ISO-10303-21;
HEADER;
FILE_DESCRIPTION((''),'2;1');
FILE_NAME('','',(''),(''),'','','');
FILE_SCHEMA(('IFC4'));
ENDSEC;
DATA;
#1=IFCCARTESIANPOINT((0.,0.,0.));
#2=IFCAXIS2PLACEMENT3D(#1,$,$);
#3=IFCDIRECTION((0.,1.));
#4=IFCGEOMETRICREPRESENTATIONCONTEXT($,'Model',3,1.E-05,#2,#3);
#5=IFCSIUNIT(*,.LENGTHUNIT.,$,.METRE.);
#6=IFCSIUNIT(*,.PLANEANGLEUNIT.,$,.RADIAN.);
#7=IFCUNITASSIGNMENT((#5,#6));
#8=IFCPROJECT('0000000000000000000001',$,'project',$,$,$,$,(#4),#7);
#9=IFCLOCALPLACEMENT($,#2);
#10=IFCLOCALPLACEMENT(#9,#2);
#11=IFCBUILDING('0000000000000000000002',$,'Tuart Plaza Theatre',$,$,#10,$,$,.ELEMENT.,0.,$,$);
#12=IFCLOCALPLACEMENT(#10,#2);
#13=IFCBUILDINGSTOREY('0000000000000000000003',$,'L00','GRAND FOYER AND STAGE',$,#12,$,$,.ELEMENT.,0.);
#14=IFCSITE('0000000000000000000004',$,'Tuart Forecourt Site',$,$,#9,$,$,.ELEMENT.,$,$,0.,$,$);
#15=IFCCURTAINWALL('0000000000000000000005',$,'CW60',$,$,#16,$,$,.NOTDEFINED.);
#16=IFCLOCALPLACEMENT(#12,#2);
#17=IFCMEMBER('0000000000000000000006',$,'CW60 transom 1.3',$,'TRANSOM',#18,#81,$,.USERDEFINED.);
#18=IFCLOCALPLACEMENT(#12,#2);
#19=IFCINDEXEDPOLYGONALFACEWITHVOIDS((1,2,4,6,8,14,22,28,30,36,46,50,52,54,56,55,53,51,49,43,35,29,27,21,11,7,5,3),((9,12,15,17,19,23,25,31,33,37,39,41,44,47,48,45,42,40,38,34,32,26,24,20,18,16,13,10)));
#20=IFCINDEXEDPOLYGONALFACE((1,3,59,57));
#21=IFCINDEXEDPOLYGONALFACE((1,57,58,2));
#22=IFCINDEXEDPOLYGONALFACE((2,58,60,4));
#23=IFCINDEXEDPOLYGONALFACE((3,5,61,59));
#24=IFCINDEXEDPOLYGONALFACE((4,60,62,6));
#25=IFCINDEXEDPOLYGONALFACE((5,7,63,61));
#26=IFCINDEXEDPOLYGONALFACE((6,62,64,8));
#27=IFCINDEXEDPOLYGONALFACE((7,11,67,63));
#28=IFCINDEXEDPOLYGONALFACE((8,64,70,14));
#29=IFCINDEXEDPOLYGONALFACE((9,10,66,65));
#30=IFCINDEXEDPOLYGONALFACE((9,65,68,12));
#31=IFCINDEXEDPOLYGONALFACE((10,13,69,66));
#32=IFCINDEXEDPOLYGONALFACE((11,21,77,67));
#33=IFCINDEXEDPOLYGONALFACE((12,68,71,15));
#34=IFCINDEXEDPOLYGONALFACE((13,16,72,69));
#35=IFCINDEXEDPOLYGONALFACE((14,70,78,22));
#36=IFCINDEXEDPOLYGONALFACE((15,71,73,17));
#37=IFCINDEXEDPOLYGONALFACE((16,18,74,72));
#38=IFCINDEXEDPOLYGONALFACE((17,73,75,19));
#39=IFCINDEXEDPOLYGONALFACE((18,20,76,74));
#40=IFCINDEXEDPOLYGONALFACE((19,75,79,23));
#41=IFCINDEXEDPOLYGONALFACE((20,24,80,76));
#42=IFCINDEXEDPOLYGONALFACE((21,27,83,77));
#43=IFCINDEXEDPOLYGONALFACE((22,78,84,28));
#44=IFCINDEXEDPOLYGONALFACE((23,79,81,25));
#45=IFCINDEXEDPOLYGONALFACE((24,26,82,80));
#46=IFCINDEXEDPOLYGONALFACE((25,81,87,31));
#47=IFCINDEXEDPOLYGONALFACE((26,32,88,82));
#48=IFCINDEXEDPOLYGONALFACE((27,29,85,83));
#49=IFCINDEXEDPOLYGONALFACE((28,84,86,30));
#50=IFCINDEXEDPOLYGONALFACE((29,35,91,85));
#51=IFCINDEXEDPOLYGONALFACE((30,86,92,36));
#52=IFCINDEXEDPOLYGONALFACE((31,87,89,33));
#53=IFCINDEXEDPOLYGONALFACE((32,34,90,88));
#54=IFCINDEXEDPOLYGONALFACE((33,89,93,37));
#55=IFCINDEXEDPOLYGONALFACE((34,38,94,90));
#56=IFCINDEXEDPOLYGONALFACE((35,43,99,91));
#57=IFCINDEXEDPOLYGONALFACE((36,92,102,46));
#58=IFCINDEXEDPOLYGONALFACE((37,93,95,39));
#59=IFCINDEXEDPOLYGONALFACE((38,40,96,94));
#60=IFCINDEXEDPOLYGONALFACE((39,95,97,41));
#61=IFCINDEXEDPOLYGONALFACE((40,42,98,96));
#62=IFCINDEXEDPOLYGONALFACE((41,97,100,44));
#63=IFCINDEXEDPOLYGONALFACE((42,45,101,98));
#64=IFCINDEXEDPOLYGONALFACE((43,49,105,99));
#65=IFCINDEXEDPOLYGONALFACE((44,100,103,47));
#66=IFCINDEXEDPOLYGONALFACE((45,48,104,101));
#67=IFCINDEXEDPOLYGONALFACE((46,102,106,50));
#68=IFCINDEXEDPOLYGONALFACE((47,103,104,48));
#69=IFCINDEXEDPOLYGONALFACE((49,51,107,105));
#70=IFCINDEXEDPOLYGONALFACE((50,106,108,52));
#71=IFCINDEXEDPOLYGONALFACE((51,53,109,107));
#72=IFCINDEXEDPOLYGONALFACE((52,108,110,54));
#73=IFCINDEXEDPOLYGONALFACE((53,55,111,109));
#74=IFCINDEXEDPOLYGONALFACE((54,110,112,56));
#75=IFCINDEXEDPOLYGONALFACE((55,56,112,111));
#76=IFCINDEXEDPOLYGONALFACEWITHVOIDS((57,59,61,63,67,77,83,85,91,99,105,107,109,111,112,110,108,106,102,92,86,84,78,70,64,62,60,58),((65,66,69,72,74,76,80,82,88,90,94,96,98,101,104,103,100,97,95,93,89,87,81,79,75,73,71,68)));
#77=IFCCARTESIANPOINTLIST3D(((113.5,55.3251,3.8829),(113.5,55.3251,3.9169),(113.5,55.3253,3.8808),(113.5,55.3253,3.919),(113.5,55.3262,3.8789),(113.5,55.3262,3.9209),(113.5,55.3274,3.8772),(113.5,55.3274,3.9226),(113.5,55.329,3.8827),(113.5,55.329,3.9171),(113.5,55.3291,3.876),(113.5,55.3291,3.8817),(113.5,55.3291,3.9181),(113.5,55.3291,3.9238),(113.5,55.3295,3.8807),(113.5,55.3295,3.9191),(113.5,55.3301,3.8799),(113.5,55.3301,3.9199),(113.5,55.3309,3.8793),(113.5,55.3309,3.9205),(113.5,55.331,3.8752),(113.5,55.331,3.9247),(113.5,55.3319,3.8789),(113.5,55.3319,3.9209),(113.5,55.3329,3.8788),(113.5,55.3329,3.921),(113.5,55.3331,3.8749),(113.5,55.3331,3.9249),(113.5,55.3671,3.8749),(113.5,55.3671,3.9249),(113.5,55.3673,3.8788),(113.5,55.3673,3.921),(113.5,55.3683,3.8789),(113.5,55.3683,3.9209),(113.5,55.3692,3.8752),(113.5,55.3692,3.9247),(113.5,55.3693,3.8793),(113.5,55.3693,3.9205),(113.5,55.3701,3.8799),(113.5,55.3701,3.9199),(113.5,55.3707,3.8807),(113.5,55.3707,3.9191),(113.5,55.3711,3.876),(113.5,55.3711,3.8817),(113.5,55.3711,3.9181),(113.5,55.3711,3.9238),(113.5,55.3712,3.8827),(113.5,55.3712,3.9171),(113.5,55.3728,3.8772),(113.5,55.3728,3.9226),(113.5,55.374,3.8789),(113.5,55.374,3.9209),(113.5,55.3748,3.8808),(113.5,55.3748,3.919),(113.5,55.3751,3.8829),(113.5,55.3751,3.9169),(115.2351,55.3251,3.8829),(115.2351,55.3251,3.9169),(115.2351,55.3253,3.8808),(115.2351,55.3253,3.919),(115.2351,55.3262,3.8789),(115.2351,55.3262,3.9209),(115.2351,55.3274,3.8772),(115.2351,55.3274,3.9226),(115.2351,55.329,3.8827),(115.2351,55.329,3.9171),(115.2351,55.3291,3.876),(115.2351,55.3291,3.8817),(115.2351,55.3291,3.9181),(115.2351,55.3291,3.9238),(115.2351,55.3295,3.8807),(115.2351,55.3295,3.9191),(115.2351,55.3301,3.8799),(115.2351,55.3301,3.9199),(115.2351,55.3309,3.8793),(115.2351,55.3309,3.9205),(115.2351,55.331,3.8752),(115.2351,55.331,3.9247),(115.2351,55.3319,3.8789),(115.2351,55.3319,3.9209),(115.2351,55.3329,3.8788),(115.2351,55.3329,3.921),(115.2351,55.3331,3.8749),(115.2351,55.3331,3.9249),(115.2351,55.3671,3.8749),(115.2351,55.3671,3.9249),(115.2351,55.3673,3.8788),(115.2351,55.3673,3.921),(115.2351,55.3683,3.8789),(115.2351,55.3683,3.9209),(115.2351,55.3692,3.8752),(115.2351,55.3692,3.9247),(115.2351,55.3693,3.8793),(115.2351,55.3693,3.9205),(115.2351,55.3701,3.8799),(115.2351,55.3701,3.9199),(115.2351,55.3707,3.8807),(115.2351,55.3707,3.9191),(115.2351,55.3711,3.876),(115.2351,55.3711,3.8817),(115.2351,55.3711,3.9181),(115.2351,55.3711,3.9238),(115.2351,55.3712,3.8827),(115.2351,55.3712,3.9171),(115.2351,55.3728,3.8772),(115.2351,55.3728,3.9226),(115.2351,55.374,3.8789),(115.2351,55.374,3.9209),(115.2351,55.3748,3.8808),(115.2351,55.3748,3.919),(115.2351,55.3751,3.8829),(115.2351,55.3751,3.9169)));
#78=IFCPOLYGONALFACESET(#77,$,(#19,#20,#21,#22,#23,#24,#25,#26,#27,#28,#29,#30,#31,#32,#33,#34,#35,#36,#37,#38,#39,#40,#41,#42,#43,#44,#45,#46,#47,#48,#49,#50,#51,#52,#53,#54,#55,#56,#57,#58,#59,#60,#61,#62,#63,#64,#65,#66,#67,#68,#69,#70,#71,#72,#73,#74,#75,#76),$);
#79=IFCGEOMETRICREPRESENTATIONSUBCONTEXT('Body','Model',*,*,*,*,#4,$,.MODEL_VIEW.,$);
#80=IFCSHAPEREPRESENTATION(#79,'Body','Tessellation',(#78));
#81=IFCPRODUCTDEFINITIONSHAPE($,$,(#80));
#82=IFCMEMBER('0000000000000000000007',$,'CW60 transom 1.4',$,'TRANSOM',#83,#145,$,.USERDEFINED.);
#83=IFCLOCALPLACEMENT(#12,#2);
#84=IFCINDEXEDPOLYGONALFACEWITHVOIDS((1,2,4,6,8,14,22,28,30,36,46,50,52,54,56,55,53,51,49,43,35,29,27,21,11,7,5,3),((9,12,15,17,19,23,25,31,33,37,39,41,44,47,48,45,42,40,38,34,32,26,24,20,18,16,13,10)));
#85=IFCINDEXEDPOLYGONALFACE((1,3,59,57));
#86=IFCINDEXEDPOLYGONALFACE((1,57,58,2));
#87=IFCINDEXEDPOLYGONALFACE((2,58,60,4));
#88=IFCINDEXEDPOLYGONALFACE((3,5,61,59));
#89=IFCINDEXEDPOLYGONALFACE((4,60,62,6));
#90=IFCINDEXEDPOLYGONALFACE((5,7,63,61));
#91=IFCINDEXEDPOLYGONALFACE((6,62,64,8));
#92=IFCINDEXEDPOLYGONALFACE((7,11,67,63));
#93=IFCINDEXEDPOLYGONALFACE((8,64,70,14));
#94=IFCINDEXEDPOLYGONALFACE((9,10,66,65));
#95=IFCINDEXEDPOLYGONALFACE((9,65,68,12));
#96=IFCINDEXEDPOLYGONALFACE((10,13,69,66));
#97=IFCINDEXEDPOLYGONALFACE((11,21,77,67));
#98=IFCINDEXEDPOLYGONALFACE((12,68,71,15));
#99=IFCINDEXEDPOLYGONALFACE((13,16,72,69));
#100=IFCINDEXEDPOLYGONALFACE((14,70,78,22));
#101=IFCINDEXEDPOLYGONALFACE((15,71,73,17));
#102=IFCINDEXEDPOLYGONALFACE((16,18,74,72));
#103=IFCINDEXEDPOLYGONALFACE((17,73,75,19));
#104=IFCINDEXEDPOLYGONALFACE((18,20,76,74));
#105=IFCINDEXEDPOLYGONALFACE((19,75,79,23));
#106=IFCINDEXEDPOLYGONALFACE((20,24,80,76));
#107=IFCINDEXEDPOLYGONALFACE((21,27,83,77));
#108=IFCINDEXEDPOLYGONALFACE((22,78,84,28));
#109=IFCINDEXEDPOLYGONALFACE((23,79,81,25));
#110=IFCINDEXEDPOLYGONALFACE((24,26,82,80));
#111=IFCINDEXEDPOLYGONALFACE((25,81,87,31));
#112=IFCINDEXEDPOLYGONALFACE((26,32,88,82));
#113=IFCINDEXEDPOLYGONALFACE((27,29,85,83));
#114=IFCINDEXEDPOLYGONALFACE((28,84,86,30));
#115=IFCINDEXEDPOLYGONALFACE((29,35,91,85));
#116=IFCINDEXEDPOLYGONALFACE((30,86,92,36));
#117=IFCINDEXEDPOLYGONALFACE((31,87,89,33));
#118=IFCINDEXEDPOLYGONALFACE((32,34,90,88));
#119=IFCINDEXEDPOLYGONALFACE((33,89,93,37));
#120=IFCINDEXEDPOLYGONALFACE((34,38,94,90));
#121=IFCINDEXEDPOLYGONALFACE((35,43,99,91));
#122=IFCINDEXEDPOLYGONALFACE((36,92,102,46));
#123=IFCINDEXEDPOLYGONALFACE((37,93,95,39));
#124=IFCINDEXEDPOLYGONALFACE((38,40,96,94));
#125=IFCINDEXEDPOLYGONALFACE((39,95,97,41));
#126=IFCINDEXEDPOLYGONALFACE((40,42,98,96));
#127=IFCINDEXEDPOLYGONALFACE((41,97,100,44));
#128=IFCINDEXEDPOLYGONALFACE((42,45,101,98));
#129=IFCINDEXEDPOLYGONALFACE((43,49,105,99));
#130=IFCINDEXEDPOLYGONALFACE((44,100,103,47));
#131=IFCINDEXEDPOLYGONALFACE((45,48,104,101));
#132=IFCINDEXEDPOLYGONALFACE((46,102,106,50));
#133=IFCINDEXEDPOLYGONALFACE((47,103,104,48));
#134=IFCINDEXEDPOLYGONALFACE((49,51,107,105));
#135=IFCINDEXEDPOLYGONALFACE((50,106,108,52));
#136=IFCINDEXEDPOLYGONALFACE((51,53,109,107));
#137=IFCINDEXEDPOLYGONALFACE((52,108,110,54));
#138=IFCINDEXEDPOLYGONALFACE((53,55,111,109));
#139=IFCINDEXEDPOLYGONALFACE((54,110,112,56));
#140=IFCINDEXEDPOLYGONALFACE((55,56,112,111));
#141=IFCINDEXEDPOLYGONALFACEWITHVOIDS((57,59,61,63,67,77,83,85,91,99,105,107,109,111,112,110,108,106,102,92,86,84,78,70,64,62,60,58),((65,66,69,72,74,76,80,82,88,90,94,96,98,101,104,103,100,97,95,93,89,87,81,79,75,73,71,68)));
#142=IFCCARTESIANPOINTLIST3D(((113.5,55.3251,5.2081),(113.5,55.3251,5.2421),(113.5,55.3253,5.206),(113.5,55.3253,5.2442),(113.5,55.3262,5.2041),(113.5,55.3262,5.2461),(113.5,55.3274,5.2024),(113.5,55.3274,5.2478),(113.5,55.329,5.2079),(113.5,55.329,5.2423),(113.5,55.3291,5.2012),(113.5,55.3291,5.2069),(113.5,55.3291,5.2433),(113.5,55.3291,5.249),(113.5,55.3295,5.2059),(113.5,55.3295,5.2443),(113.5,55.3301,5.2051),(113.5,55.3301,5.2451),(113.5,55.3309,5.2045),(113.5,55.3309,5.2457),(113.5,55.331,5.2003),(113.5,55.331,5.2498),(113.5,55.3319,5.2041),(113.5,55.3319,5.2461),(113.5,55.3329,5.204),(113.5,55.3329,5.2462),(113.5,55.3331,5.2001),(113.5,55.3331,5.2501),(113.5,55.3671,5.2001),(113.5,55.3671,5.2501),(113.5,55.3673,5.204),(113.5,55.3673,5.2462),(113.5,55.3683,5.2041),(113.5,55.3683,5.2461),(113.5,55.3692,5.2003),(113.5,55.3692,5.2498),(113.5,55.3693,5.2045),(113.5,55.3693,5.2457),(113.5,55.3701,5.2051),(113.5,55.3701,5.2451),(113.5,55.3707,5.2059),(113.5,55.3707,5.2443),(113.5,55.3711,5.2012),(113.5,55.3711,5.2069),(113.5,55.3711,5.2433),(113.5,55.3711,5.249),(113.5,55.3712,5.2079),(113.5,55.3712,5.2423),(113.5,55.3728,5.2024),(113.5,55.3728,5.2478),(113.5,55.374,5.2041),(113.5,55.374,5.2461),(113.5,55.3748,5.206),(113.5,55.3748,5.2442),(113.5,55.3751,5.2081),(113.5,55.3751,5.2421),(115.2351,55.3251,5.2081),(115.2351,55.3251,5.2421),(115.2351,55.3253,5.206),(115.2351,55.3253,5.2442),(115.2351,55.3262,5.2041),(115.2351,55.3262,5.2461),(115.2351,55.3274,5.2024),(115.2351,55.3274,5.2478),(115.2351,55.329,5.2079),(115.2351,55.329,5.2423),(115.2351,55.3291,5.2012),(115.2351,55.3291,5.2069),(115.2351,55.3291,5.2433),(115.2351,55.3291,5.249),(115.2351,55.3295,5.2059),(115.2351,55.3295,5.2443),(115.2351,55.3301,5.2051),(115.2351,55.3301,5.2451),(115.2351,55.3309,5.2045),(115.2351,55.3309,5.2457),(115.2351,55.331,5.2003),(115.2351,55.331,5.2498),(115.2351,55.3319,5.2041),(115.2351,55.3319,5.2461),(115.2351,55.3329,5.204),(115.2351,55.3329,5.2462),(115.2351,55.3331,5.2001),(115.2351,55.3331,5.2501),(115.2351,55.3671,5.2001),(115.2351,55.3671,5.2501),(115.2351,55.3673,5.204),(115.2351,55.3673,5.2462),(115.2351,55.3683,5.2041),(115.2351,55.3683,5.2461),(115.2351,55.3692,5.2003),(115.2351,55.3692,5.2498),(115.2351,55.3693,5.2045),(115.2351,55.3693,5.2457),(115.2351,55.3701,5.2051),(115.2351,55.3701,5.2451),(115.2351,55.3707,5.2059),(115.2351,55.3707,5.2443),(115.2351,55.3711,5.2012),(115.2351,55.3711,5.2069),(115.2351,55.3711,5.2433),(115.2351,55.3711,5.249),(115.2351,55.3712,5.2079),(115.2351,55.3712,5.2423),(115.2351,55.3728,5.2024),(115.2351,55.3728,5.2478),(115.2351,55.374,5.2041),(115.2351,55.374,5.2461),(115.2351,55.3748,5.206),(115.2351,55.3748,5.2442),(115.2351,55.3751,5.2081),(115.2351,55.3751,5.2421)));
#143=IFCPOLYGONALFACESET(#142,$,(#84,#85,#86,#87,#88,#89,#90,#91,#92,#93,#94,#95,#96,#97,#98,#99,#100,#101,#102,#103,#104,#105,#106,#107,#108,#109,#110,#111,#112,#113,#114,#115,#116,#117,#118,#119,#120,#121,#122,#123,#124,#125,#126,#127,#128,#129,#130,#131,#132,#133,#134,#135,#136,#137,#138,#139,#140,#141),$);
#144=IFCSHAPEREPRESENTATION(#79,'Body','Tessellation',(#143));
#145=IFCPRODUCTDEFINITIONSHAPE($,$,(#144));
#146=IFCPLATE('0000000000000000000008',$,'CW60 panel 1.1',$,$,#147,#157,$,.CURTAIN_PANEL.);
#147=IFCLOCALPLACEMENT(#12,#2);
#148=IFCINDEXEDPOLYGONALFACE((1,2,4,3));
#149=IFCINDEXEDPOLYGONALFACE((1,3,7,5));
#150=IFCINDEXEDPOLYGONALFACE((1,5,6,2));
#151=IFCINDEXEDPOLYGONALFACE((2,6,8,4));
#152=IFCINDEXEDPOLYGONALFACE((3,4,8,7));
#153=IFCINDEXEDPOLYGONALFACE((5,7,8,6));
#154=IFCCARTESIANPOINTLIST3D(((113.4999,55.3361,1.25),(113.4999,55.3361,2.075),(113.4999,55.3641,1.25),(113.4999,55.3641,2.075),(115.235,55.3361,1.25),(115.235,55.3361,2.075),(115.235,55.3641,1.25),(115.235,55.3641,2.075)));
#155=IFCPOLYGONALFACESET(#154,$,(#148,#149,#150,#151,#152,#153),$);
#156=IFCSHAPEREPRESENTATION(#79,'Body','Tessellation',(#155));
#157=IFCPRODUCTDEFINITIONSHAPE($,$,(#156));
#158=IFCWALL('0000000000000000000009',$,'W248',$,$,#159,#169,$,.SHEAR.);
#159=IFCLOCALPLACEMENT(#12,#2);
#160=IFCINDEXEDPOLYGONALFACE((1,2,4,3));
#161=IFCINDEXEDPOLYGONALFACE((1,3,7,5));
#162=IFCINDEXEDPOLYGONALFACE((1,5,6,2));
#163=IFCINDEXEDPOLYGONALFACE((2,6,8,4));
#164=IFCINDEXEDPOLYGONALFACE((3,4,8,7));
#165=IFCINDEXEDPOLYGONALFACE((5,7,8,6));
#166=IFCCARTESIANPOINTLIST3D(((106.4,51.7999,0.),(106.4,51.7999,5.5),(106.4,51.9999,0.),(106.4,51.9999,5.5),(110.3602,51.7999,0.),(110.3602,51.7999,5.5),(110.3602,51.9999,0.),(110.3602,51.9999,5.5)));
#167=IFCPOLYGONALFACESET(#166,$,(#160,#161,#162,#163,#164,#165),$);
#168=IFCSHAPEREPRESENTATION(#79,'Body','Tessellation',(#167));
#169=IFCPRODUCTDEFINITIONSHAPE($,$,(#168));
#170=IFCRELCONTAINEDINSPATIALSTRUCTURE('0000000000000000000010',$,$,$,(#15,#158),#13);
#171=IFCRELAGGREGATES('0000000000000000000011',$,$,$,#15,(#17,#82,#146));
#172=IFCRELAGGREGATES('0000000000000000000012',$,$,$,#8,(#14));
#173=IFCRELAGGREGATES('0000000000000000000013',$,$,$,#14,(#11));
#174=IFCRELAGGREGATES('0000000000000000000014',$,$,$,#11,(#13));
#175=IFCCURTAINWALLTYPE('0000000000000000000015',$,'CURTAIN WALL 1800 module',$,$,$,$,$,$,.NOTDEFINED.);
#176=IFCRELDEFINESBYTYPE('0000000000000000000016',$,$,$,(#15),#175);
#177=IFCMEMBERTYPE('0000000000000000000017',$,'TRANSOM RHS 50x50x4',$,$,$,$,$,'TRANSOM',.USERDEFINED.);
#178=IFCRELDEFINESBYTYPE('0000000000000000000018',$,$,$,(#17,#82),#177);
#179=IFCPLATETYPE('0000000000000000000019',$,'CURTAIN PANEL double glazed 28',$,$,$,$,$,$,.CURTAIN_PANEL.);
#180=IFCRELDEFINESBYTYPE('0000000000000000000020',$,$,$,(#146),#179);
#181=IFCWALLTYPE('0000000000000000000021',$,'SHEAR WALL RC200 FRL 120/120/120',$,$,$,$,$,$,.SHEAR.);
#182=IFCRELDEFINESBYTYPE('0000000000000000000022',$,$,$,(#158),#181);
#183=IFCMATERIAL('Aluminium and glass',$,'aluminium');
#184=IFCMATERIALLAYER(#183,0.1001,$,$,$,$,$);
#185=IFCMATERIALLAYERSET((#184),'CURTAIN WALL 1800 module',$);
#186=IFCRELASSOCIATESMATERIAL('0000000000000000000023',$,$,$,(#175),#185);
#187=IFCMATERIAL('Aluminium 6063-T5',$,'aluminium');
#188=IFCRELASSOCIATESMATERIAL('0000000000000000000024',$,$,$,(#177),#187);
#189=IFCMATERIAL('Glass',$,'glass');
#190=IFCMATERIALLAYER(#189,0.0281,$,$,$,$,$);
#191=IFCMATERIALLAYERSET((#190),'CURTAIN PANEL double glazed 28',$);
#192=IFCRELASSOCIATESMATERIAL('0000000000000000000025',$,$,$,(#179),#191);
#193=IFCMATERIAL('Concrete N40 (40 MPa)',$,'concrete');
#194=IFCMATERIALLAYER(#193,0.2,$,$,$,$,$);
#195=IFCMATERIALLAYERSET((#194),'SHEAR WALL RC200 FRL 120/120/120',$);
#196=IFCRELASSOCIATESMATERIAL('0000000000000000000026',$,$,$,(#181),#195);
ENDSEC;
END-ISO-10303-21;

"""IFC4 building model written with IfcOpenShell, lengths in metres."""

from ifc_helpers import new_model, si_unit, direction, frame, frame_2d, origin, origin_2d, place, context, subcontext, project, spatial, rectangle, hollow_rectangle, extrude, material, layer, layer_set, material_profile, profile_set, type_object, element, aggregate, save


model = new_model("IFC4")

# Units and contexts
model_context = context("Model", 3, precision=1e-05, world=origin(), true_north=direction((0.0, 1.0)))
body_context = subcontext(model_context, "Body", "Model", "MODEL_VIEW")
ifc_project = project(units=[si_unit("LENGTHUNIT", "METRE"), si_unit("PLANEANGLEUNIT", "RADIAN")], contexts=[model_context])

# Site, building, storey
site_placement = place(None, origin())
site = spatial("IfcSite", under=ifc_project, at=site_placement, Name="Tuart Forecourt Site", CompositionType="ELEMENT", RefElevation=0.0)
building_placement = place(site_placement, origin())
building = spatial("IfcBuilding", under=site, at=building_placement, Name="Tuart Plaza Theatre", CompositionType="ELEMENT", ElevationOfRefHeight=0.0)
storey_placement = place(building_placement, origin())
storey = spatial("IfcBuildingStorey", under=building, at=storey_placement, Name="L00", Description="GRAND FOYER AND STAGE", CompositionType="ELEMENT", Elevation=0.0)

# Curtain wall
ifc_material_1 = material(Name="Aluminium and glass", Category="aluminium")
ifc_layer_1 = layer(ifc_material_1, 0.1001)
ifc_layer_set_1 = layer_set([ifc_layer_1], Name="CURTAIN WALL 1800 module")
curtain_wall_type_1 = type_object("IfcCurtainWallType", Name="CURTAIN WALL 1800 module", PredefinedType="NOTDEFINED", material=ifc_layer_set_1)
curtain_wall_1_placement = place(storey_placement, origin())
curtain_wall_1 = element("IfcCurtainWall", 1, at=curtain_wall_1_placement, inside=storey, type_object=curtain_wall_type_1, Name="CW60", PredefinedType="NOTDEFINED")

# Members
ifc_material_2 = material(Name="Aluminium 6063-T5", Category="aluminium")
ifc_material_profile_1 = material_profile(ifc_material_2, hollow_rectangle(XDim=0.05, YDim=0.05, WallThickness=0.0039, InnerFilletRadius=0.0039, OuterFilletRadius=0.0081, at=origin_2d()), Name="RHS 50x50x4")
ifc_profile_set_1 = profile_set([ifc_material_profile_1], Name="Aluminium 6063-T5")
member_type_1 = type_object("IfcMemberType", Name="TRANSOM RHS 50x50x4", ElementType="TRANSOM", PredefinedType="USERDEFINED", material=ifc_profile_set_1)
member_1_placement = place(storey_placement, frame((113.5, 55.3501, 3.8999), z_axis=(1.0, 0.0, 0.0), x_axis=(0.0, 1.0, 0.0)))
member_1 = element("IfcMember", 2, at=member_1_placement, type_object=member_type_1, Name="CW60 transom 1.3", ObjectType="TRANSOM", PredefinedType="USERDEFINED", context=body_context, shape_type="SweptSolid", body=[
    extrude(hollow_rectangle(XDim=0.05, YDim=0.05, WallThickness=0.0039, InnerFilletRadius=0.0039, OuterFilletRadius=0.0081, at=origin_2d()), origin(), (0.0, 0.0, 1.0), 1.7351),
])
member_2_placement = place(storey_placement, frame((113.5, 55.3501, 5.2251), z_axis=(1.0, 0.0, 0.0), x_axis=(0.0, 1.0, 0.0)))
member_2 = element("IfcMember", 3, at=member_2_placement, type_object=member_type_1, Name="CW60 transom 1.4", ObjectType="TRANSOM", PredefinedType="USERDEFINED", context=body_context, shape_type="SweptSolid", body=[
    extrude(hollow_rectangle(XDim=0.05, YDim=0.05, WallThickness=0.0039, InnerFilletRadius=0.0039, OuterFilletRadius=0.0081, at=origin_2d()), origin(), (0.0, 0.0, 1.0), 1.7351),
])

# Plate
ifc_material_3 = material(Name="Glass", Category="glass")
ifc_layer_2 = layer(ifc_material_3, 0.0281)
ifc_layer_set_2 = layer_set([ifc_layer_2], Name="CURTAIN PANEL double glazed 28")
plate_type = type_object("IfcPlateType", Name="CURTAIN PANEL double glazed 28", PredefinedType="CURTAIN_PANEL", material=ifc_layer_set_2)
plate_placement = place(storey_placement, frame((114.3674, 55.3501, 1.25), z_axis=(0.0, 0.0, 1.0), x_axis=(1.0, 0.0, 0.0)))
plate = element("IfcPlate", 4, at=plate_placement, type_object=plate_type, Name="CW60 panel 1.1", PredefinedType="CURTAIN_PANEL", context=body_context, shape_type="SweptSolid", body=[
    extrude(rectangle(XDim=1.7351, YDim=0.0281, at=origin_2d()), origin(), (0.0, 0.0, 1.0), 0.825),
])
aggregate(curtain_wall_1, [member_1, member_2, plate])

# Wall
ifc_material_4 = material(Name="Concrete N40 (40 MPa)", Category="concrete")
ifc_layer_3 = layer(ifc_material_4, 0.2)
ifc_layer_set_3 = layer_set([ifc_layer_3], Name="SHEAR WALL RC200 FRL 120/120/120")
wall_type_1 = type_object("IfcWallType", Name="SHEAR WALL RC200 FRL 120/120/120", PredefinedType="SHEAR", material=ifc_layer_set_3)
wall_1_placement = place(storey_placement, frame((110.3601, 51.8999, 0.0), z_axis=(0.0, 0.0, 1.0), x_axis=(-1.0, 0.0, 0.0)))
element("IfcWall", 5, at=wall_1_placement, inside=storey, type_object=wall_type_1, Name="W248", PredefinedType="SHEAR", context=body_context, shape_type="SweptSolid", body=[
    extrude(rectangle(XDim=3.9602, YDim=0.2, at=frame_2d((1.98, 0.0))), origin(), (0.0, 0.0, 1.0), 5.5),
])

save(model, "model.ifc")
